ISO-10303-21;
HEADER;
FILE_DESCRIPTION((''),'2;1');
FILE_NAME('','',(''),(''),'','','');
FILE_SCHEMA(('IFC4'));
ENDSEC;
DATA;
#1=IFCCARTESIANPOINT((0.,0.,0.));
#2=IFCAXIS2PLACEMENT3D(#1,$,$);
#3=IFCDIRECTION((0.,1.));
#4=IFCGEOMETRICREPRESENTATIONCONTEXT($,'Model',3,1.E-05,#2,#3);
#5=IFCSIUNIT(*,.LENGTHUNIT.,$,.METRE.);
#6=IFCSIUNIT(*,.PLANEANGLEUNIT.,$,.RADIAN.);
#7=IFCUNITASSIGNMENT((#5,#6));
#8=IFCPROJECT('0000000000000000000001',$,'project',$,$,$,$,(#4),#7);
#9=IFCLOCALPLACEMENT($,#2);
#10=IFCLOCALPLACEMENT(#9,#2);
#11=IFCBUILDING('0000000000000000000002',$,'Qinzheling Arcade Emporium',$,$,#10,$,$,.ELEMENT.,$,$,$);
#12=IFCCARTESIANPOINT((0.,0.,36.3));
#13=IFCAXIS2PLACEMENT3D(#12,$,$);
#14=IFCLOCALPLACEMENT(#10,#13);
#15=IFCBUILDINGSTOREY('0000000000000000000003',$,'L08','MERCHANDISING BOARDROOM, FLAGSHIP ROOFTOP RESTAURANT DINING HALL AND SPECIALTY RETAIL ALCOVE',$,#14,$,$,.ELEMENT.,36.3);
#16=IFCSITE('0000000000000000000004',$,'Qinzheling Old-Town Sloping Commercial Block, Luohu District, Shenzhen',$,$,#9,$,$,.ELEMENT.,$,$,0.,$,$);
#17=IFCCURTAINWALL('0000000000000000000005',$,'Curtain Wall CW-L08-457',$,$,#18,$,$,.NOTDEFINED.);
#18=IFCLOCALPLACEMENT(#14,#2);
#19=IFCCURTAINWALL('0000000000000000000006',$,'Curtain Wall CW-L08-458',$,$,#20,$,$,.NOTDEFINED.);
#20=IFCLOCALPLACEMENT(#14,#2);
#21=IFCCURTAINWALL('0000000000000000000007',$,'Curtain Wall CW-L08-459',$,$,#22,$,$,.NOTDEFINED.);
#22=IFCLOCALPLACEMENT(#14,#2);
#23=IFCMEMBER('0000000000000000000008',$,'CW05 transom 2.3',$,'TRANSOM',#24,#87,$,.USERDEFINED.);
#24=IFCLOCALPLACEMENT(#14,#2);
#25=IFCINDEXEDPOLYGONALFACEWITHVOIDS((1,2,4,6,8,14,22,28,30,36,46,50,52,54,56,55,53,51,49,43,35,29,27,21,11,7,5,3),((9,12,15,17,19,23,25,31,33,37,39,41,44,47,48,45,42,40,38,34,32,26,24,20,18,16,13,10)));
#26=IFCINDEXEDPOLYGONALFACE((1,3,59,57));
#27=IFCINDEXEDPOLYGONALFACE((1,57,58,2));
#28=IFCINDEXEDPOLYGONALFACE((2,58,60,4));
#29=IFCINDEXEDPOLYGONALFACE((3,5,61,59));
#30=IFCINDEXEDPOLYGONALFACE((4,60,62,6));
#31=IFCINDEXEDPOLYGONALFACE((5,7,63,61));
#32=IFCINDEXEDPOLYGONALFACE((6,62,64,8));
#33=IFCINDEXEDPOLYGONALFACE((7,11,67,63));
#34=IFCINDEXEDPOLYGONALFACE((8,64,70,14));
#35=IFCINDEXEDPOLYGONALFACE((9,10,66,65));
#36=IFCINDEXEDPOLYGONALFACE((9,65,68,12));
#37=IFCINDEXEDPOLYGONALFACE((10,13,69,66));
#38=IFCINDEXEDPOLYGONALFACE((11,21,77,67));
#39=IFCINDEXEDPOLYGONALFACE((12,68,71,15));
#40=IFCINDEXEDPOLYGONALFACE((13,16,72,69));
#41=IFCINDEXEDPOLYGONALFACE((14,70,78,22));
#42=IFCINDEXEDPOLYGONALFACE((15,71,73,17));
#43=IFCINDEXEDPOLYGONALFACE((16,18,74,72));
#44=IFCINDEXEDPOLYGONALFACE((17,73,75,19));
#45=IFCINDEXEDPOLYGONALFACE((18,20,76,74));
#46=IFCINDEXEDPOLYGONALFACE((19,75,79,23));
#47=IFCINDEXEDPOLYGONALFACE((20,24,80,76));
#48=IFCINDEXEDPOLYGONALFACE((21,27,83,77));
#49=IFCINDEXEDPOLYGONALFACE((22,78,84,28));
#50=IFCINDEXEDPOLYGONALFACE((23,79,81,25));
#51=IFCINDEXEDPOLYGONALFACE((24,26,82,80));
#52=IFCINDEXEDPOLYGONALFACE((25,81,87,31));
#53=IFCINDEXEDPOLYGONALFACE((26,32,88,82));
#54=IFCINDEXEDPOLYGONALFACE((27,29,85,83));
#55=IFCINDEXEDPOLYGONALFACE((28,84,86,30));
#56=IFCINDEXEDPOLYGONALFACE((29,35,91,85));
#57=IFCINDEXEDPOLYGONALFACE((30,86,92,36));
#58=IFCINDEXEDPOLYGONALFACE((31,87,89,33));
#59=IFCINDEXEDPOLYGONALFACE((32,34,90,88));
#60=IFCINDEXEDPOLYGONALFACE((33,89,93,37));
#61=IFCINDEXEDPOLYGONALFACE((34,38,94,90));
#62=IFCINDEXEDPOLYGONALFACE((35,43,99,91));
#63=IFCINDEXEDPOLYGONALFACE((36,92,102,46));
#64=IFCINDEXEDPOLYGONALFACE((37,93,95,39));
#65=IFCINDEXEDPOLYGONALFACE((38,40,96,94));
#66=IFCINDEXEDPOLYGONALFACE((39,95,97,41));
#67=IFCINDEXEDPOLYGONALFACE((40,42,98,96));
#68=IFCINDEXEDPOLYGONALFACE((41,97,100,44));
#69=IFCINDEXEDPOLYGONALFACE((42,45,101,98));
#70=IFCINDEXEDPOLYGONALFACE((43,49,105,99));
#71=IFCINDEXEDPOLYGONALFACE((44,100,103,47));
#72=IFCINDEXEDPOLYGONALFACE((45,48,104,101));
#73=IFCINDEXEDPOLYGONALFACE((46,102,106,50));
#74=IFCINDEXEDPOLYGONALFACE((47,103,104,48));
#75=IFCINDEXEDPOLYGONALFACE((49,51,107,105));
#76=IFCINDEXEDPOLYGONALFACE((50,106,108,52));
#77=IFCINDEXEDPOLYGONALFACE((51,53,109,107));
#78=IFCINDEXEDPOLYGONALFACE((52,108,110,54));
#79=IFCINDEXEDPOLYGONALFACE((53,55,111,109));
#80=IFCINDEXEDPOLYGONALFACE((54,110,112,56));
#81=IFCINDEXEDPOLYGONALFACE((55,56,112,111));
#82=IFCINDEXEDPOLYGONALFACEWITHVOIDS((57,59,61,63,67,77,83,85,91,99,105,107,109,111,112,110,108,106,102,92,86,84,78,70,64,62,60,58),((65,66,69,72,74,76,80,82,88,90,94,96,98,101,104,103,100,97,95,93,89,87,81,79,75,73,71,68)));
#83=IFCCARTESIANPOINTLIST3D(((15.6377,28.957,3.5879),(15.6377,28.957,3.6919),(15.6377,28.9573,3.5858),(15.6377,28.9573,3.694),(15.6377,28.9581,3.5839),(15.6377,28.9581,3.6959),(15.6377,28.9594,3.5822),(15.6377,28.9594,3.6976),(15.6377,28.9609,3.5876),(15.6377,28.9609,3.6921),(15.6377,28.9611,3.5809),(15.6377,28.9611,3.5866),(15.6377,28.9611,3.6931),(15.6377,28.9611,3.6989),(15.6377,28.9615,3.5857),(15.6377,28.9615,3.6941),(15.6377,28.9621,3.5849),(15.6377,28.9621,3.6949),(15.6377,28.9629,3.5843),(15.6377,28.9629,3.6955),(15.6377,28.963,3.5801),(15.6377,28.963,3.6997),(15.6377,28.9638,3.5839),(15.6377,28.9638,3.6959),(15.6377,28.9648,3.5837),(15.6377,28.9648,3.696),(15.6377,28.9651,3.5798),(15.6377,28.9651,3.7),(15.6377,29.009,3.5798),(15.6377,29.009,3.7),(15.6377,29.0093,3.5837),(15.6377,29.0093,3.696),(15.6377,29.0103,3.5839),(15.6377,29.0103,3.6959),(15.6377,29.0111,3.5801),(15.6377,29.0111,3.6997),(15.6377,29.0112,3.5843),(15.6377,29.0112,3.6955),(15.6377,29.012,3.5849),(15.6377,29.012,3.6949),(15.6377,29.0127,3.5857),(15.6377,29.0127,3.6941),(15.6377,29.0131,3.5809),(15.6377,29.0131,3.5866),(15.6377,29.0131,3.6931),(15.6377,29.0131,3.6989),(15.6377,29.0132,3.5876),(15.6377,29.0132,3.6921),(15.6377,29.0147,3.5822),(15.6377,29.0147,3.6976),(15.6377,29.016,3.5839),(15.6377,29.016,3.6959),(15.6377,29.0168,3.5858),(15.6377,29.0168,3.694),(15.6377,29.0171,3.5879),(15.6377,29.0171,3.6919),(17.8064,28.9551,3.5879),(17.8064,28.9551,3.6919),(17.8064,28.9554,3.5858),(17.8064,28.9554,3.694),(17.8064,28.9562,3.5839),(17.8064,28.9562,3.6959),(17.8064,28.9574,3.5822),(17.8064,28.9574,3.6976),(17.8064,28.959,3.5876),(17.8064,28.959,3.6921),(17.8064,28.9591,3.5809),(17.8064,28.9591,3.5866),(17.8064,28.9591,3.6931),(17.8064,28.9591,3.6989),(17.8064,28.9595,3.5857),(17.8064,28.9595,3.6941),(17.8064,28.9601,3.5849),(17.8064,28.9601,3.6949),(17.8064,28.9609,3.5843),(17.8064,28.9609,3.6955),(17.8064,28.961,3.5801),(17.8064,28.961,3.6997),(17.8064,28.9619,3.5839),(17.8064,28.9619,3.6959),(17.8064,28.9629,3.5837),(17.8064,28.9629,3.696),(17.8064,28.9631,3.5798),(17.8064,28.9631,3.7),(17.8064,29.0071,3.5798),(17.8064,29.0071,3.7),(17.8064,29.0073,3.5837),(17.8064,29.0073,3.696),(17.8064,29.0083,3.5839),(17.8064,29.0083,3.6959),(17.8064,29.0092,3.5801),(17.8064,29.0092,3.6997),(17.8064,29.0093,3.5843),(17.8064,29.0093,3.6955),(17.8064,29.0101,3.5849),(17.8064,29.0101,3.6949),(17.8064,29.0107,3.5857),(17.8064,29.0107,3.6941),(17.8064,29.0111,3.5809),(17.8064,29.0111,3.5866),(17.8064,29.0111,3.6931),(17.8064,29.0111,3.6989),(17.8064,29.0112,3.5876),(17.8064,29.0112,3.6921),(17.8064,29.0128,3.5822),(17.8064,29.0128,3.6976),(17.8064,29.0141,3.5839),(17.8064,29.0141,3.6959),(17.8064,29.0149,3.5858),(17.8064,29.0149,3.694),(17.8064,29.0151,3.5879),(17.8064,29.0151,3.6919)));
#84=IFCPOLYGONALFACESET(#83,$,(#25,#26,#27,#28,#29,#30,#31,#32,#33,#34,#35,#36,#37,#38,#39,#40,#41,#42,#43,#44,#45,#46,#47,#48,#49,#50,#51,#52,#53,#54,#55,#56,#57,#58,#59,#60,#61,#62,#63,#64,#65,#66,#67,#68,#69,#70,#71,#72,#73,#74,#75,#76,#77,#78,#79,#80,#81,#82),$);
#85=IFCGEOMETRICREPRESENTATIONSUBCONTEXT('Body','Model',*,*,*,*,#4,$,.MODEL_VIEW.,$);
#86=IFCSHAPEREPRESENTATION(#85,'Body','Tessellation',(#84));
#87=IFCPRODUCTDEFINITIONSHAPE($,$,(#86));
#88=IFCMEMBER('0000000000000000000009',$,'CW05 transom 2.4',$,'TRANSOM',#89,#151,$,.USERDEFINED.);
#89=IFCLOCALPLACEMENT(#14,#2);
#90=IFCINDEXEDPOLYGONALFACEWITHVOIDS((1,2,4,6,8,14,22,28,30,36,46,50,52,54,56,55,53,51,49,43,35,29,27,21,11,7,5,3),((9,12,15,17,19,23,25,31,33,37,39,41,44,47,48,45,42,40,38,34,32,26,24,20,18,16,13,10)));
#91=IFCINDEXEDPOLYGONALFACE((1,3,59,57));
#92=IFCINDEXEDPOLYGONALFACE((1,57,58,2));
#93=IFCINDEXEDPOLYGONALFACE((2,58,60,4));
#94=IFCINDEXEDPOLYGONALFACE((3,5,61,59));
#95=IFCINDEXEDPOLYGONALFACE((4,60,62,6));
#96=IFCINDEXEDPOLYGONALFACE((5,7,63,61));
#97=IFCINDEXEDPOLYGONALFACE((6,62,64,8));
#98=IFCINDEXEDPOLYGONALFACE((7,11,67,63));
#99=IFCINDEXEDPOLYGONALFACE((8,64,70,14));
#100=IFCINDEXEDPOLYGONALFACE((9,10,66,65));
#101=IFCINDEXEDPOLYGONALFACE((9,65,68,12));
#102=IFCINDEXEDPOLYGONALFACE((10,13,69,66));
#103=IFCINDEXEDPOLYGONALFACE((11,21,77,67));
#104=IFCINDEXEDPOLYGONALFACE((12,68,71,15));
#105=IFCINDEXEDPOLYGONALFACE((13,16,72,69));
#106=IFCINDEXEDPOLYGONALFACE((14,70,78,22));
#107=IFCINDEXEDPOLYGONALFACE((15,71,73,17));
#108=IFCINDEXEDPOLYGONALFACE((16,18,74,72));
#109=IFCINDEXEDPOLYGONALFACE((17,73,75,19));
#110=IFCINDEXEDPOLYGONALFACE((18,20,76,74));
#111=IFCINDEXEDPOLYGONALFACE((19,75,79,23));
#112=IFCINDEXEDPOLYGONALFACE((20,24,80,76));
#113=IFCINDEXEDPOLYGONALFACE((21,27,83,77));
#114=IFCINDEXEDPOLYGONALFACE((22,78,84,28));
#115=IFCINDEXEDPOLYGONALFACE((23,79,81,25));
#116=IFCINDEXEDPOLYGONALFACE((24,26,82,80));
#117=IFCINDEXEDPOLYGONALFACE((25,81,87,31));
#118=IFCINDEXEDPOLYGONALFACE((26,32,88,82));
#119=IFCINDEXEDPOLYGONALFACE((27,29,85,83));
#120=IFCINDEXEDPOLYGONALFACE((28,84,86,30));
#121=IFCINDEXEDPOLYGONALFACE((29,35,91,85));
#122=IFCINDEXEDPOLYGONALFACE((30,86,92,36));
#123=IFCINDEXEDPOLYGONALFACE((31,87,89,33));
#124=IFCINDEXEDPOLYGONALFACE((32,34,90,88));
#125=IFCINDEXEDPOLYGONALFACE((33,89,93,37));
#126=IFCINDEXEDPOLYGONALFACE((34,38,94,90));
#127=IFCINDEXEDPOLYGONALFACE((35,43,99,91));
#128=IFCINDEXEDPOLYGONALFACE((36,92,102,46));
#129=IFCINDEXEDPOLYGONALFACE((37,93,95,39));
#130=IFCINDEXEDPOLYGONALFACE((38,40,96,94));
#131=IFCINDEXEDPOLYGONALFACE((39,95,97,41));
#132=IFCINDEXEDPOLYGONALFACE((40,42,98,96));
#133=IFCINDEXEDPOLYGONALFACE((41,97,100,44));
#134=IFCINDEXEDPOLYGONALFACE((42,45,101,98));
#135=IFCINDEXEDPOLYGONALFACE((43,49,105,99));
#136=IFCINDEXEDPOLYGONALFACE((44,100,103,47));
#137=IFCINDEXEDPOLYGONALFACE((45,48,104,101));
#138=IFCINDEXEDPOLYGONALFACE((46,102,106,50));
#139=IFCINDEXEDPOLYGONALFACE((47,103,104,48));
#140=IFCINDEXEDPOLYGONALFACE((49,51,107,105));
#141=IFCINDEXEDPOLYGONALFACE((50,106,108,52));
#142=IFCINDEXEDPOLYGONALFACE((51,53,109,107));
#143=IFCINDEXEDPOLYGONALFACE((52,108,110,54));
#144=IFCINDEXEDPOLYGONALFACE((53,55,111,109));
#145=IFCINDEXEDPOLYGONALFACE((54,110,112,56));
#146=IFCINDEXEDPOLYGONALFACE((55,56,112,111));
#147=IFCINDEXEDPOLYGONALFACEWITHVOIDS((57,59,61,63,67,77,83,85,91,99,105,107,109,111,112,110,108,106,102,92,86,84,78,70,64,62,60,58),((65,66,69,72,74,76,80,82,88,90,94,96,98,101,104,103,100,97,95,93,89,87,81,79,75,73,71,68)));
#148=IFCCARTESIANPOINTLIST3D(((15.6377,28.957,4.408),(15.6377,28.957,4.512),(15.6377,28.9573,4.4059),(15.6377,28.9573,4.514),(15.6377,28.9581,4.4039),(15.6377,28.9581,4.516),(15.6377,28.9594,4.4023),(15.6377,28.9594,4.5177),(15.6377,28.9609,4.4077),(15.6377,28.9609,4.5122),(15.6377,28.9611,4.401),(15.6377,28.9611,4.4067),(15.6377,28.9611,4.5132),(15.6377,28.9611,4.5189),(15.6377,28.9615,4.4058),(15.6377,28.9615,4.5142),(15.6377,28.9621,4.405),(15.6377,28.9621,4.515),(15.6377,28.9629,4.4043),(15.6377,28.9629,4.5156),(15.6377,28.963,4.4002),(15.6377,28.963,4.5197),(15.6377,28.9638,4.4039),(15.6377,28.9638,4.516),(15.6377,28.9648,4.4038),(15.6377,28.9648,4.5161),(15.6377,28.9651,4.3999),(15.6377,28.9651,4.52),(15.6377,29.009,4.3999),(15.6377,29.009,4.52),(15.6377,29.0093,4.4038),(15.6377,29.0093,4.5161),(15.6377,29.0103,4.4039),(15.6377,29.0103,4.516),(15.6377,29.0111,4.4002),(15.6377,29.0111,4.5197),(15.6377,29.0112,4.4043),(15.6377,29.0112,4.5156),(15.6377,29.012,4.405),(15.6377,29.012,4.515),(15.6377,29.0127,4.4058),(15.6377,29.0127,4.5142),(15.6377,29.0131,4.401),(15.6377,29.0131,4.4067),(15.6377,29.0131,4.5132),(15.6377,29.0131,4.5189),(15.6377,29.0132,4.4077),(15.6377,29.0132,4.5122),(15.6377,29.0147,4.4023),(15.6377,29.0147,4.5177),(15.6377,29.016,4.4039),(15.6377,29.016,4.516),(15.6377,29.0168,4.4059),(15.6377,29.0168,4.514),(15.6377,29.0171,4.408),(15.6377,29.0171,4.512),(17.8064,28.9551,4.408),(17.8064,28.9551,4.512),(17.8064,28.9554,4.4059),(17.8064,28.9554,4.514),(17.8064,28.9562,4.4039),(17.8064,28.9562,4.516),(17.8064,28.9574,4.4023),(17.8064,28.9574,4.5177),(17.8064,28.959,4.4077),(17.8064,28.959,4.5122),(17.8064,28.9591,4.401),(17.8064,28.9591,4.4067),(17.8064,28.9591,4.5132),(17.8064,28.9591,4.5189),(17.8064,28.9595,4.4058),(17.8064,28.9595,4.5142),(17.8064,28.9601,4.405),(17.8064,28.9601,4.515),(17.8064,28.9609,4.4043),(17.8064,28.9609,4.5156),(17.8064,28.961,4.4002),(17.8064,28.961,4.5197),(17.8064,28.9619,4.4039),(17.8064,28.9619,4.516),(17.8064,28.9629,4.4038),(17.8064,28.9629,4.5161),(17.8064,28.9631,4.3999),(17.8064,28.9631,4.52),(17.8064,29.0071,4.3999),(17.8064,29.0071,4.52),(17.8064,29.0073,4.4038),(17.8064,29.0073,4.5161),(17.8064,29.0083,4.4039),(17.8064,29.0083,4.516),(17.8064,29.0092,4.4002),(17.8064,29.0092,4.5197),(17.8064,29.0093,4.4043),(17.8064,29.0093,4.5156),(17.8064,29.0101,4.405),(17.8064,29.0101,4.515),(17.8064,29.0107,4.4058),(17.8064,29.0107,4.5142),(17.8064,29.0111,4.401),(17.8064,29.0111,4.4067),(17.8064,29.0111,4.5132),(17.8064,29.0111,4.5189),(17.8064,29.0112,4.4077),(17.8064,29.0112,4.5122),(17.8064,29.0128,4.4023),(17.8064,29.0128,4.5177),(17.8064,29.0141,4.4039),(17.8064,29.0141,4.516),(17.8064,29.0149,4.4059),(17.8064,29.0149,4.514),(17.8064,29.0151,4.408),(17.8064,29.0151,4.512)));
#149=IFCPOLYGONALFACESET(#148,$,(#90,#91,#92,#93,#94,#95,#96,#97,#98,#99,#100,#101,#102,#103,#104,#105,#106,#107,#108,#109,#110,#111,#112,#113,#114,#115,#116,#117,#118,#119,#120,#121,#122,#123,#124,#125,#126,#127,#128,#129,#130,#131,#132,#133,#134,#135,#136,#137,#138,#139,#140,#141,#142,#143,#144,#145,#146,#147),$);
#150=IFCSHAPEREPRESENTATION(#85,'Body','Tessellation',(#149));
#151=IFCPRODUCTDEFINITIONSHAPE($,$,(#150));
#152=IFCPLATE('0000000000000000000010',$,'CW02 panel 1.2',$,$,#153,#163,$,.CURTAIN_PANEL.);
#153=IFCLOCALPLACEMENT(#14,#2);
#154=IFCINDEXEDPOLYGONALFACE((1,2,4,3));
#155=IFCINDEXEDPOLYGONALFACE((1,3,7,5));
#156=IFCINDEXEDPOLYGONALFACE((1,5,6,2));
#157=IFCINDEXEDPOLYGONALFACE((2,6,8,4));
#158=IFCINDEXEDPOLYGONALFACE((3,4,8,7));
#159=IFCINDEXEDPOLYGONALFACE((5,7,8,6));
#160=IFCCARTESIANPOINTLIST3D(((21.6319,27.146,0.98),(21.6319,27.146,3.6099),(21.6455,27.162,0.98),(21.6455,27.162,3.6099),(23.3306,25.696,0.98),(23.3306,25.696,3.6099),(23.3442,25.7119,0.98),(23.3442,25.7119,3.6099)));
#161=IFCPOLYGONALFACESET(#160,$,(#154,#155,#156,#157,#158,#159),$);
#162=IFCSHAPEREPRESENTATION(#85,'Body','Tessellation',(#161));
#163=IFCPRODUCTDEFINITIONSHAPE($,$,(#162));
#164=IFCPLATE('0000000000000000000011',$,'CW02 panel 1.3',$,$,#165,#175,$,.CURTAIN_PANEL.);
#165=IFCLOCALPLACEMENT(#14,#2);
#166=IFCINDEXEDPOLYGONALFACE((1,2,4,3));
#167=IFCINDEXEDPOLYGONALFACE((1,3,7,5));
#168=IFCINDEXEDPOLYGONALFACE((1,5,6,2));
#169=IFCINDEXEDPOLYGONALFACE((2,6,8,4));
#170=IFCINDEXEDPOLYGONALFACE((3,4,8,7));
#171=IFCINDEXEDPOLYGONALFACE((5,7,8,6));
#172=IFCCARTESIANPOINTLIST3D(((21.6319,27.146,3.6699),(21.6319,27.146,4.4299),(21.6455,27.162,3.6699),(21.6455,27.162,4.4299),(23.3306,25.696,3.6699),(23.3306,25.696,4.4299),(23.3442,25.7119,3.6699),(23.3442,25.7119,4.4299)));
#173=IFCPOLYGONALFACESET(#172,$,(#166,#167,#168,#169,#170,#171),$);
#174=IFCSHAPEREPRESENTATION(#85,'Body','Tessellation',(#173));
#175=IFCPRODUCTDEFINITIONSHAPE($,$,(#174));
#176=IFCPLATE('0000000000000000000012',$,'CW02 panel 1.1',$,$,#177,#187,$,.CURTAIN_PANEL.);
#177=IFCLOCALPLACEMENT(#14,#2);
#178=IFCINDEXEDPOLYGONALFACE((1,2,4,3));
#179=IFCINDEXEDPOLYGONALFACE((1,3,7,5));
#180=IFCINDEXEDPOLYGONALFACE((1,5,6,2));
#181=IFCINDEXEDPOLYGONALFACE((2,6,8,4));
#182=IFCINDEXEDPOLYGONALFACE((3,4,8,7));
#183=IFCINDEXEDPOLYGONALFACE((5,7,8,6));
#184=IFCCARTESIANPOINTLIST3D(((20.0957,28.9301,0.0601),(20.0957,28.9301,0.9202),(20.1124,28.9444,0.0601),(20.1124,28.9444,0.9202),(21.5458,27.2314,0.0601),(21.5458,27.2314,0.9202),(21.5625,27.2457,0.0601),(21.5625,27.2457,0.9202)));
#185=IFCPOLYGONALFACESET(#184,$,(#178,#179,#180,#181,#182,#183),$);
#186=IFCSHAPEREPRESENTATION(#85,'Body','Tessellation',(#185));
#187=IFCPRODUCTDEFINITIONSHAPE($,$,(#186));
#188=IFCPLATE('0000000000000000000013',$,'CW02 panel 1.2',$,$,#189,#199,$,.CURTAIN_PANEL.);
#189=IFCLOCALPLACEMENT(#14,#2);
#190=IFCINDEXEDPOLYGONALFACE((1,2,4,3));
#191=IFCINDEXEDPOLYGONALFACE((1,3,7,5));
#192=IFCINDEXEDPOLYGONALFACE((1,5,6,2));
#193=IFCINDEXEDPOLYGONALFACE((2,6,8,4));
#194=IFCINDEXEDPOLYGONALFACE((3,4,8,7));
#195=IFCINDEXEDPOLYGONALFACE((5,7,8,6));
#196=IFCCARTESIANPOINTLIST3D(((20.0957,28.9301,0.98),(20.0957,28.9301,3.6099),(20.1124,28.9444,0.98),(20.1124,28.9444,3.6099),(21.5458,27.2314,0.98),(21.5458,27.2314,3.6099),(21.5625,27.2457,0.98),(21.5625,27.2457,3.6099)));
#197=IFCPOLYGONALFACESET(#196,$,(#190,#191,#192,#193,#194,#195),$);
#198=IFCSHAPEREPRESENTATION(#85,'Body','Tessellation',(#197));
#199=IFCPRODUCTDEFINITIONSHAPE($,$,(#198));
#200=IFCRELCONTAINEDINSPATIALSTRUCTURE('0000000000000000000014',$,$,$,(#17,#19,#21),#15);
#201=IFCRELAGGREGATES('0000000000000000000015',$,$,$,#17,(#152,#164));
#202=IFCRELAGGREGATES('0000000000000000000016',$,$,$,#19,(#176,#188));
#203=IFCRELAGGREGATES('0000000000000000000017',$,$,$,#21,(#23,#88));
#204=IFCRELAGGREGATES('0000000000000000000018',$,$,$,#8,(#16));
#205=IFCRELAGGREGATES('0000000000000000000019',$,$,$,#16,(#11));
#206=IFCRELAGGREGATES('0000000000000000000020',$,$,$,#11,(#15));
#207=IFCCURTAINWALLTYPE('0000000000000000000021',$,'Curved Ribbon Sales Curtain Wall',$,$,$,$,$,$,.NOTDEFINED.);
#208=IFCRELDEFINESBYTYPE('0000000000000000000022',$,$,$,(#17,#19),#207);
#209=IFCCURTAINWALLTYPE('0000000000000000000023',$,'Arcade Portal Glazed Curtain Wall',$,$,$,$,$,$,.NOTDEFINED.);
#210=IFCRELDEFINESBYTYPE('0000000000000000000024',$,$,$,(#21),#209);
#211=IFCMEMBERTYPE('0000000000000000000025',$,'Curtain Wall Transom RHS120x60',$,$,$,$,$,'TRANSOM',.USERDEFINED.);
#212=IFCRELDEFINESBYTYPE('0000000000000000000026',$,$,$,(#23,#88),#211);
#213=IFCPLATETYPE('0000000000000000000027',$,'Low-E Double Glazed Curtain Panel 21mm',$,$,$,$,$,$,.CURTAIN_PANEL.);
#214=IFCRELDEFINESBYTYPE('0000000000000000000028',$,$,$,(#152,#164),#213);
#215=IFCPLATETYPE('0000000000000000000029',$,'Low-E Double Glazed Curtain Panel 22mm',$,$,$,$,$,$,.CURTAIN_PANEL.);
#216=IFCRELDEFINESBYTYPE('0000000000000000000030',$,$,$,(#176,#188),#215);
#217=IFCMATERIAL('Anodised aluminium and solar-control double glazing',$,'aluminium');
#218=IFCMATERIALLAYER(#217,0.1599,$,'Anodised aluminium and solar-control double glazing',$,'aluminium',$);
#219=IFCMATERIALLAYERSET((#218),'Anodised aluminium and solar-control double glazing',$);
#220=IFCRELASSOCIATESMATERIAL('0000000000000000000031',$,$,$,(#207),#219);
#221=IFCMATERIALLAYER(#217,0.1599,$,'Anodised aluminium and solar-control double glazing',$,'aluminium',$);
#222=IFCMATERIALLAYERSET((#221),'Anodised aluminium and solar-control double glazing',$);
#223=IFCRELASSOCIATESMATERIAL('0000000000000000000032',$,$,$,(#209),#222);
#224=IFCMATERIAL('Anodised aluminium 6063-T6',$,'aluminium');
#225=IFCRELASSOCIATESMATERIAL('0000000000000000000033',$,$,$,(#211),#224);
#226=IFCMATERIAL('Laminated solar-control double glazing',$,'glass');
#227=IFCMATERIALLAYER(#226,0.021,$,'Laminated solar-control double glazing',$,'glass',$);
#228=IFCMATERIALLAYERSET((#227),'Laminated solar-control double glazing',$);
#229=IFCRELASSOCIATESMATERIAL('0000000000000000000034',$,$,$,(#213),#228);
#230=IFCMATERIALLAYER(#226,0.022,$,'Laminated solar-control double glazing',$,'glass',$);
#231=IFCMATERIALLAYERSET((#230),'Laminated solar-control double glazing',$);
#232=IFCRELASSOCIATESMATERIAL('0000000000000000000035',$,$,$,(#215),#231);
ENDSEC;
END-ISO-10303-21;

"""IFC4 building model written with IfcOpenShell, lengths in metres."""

from ifc_helpers import new_model, si_unit, direction, frame, origin, origin_2d, place, context, subcontext, project, spatial, rectangle, hollow_rectangle, extrude, material, layer, layer_set, material_profile, profile_set, type_object, element, aggregate, save


model = new_model("IFC4")

# Units and contexts
model_context = context("Model", 3, precision=1e-05, world=origin(), true_north=direction((0.0, 1.0)))
body_context = subcontext(model_context, "Body", "Model", "MODEL_VIEW")
ifc_project = project(units=[si_unit("LENGTHUNIT", "METRE"), si_unit("PLANEANGLEUNIT", "RADIAN")], contexts=[model_context])

# Site, building, storey
site_placement = place(None, origin())
site = spatial("IfcSite", under=ifc_project, at=site_placement, Name="Qinzheling Old-Town Sloping Commercial Block, Luohu District, Shenzhen", CompositionType="ELEMENT", RefElevation=0.0)
building_placement = place(site_placement, origin())
building = spatial("IfcBuilding", under=site, at=building_placement, Name="Qinzheling Arcade Emporium", CompositionType="ELEMENT")
storey_placement = place(building_placement, frame((0.0, 0.0, 36.3)))
storey = spatial("IfcBuildingStorey", under=building, at=storey_placement, Name="L08", Description="MERCHANDISING BOARDROOM, FLAGSHIP ROOFTOP RESTAURANT DINING HALL AND SPECIALTY RETAIL ALCOVE", CompositionType="ELEMENT", Elevation=36.3)

# Curtain wall
ifc_material_1 = material(Name="Anodised aluminium and solar-control double glazing", Category="aluminium")
ifc_layer_1 = layer(ifc_material_1, 0.1599, Name="Anodised aluminium and solar-control double glazing", Category="aluminium")
ifc_layer_set_1 = layer_set([ifc_layer_1], Name="Anodised aluminium and solar-control double glazing")
curtain_wall_type_1 = type_object("IfcCurtainWallType", Name="Curved Ribbon Sales Curtain Wall", PredefinedType="NOTDEFINED", material=ifc_layer_set_1)
curtain_wall_1_placement = place(storey_placement, origin())
curtain_wall_1 = element("IfcCurtainWall", 1, at=curtain_wall_1_placement, inside=storey, type_object=curtain_wall_type_1, Name="Curtain Wall CW-L08-457", PredefinedType="NOTDEFINED")
ifc_material_2 = material(Name="Anodised aluminium 6063-T6", Category="aluminium")

# Curtain walls
curtain_wall_2_placement = place(storey_placement, origin())
curtain_wall_2 = element("IfcCurtainWall", 2, at=curtain_wall_2_placement, inside=storey, type_object=curtain_wall_type_1, Name="Curtain Wall CW-L08-458", PredefinedType="NOTDEFINED")
ifc_layer_2 = layer(ifc_material_1, 0.1599, Name="Anodised aluminium and solar-control double glazing", Category="aluminium")
ifc_layer_set_2 = layer_set([ifc_layer_2], Name="Anodised aluminium and solar-control double glazing")
curtain_wall_type_2 = type_object("IfcCurtainWallType", Name="Arcade Portal Glazed Curtain Wall", PredefinedType="NOTDEFINED", material=ifc_layer_set_2)
curtain_wall_3_placement = place(storey_placement, origin())
curtain_wall_3 = element("IfcCurtainWall", 3, at=curtain_wall_3_placement, inside=storey, type_object=curtain_wall_type_2, Name="Curtain Wall CW-L08-459", PredefinedType="NOTDEFINED")

# Members
ifc_material_profile_1 = material_profile(ifc_material_2, hollow_rectangle(XDim=0.0601, YDim=0.1201, WallThickness=0.0039, InnerFilletRadius=0.0039, OuterFilletRadius=0.0081, at=origin_2d()), Name="RHS 120x60x4", Category="aluminium")
ifc_profile_set_1 = profile_set([ifc_material_profile_1], Name="Anodised aluminium 6063-T6")
member_type_1 = type_object("IfcMemberType", Name="Curtain Wall Transom RHS120x60", ElementType="TRANSOM", PredefinedType="USERDEFINED", material=ifc_profile_set_1)
member_1_placement = place(storey_placement, frame((17.8064, 28.9851, 3.6399), z_axis=(-1.0, 0.000901, 0.0), x_axis=(-0.000901, -1.0, 0.0)))
member_1 = element("IfcMember", 4, at=member_1_placement, type_object=member_type_1, Name="CW05 transom 2.3", ObjectType="TRANSOM", PredefinedType="USERDEFINED", context=body_context, shape_type="SweptSolid", body=[
    extrude(hollow_rectangle(XDim=0.0601, YDim=0.1201, WallThickness=0.0039, InnerFilletRadius=0.0039, OuterFilletRadius=0.0081, at=origin_2d()), origin(), (0.0, 0.0, 1.0), 2.1687),
])
member_2_placement = place(storey_placement, frame((17.8064, 28.9851, 4.46), z_axis=(-1.0, 0.000901, 0.0), x_axis=(-0.000901, -1.0, 0.0)))
member_2 = element("IfcMember", 5, at=member_2_placement, type_object=member_type_1, Name="CW05 transom 2.4", ObjectType="TRANSOM", PredefinedType="USERDEFINED", context=body_context, shape_type="SweptSolid", body=[
    extrude(hollow_rectangle(XDim=0.0601, YDim=0.1201, WallThickness=0.0039, InnerFilletRadius=0.0039, OuterFilletRadius=0.0081, at=origin_2d()), origin(), (0.0, 0.0, 1.0), 2.1687),
])

# Plates
ifc_material_3 = material(Name="Laminated solar-control double glazing", Category="glass")
ifc_layer_3 = layer(ifc_material_3, 0.021, Name="Laminated solar-control double glazing", Category="glass")
ifc_layer_set_3 = layer_set([ifc_layer_3], Name="Laminated solar-control double glazing")
plate_type_1 = type_object("IfcPlateType", Name="Low-E Double Glazed Curtain Panel 21mm", PredefinedType="CURTAIN_PANEL", material=ifc_layer_set_3)
plate_1_placement = place(storey_placement, frame((22.488, 26.429, 0.98), z_axis=(0.0, 0.0, 1.0), x_axis=(-0.760575, 0.64925, 0.0)))
plate_1 = element("IfcPlate", 6, at=plate_1_placement, type_object=plate_type_1, Name="CW02 panel 1.2", PredefinedType="CURTAIN_PANEL", context=body_context, shape_type="SweptSolid", body=[
    extrude(rectangle(XDim=2.2334, YDim=0.021, at=origin_2d()), origin(), (0.0, 0.0, 1.0), 2.6299),
])
plate_2_placement = place(storey_placement, frame((22.488, 26.429, 3.6699), z_axis=(0.0, 0.0, 1.0), x_axis=(-0.760575, 0.64925, 0.0)))
plate_2 = element("IfcPlate", 7, at=plate_2_placement, type_object=plate_type_1, Name="CW02 panel 1.3", PredefinedType="CURTAIN_PANEL", context=body_context, shape_type="SweptSolid", body=[
    extrude(rectangle(XDim=2.2334, YDim=0.021, at=origin_2d()), origin(), (0.0, 0.0, 1.0), 0.76),
])
aggregate(curtain_wall_1, [plate_1, plate_2])
ifc_layer_4 = layer(ifc_material_3, 0.022, Name="Laminated solar-control double glazing", Category="glass")
ifc_layer_set_4 = layer_set([ifc_layer_4], Name="Laminated solar-control double glazing")
plate_type_2 = type_object("IfcPlateType", Name="Low-E Double Glazed Curtain Panel 22mm", PredefinedType="CURTAIN_PANEL", material=ifc_layer_set_4)
plate_3_placement = place(storey_placement, frame((20.8291, 28.0879, 0.0601), z_axis=(0.0, 0.0, 1.0), x_axis=(-0.64925, 0.760575, 0.0)))
plate_3 = element("IfcPlate", 8, at=plate_3_placement, type_object=plate_type_2, Name="CW02 panel 1.1", PredefinedType="CURTAIN_PANEL", context=body_context, shape_type="SweptSolid", body=[
    extrude(rectangle(XDim=2.2334, YDim=0.022, at=origin_2d()), origin(), (0.0, 0.0, 1.0), 0.8601),
])
plate_4_placement = place(storey_placement, frame((20.8291, 28.0879, 0.98), z_axis=(0.0, 0.0, 1.0), x_axis=(-0.64925, 0.760575, 0.0)))
plate_4 = element("IfcPlate", 9, at=plate_4_placement, type_object=plate_type_2, Name="CW02 panel 1.2", PredefinedType="CURTAIN_PANEL", context=body_context, shape_type="SweptSolid", body=[
    extrude(rectangle(XDim=2.2334, YDim=0.022, at=origin_2d()), origin(), (0.0, 0.0, 1.0), 2.6299),
])
aggregate(curtain_wall_2, [plate_3, plate_4])
aggregate(curtain_wall_3, [member_1, member_2])

save(model, "model.ifc")
